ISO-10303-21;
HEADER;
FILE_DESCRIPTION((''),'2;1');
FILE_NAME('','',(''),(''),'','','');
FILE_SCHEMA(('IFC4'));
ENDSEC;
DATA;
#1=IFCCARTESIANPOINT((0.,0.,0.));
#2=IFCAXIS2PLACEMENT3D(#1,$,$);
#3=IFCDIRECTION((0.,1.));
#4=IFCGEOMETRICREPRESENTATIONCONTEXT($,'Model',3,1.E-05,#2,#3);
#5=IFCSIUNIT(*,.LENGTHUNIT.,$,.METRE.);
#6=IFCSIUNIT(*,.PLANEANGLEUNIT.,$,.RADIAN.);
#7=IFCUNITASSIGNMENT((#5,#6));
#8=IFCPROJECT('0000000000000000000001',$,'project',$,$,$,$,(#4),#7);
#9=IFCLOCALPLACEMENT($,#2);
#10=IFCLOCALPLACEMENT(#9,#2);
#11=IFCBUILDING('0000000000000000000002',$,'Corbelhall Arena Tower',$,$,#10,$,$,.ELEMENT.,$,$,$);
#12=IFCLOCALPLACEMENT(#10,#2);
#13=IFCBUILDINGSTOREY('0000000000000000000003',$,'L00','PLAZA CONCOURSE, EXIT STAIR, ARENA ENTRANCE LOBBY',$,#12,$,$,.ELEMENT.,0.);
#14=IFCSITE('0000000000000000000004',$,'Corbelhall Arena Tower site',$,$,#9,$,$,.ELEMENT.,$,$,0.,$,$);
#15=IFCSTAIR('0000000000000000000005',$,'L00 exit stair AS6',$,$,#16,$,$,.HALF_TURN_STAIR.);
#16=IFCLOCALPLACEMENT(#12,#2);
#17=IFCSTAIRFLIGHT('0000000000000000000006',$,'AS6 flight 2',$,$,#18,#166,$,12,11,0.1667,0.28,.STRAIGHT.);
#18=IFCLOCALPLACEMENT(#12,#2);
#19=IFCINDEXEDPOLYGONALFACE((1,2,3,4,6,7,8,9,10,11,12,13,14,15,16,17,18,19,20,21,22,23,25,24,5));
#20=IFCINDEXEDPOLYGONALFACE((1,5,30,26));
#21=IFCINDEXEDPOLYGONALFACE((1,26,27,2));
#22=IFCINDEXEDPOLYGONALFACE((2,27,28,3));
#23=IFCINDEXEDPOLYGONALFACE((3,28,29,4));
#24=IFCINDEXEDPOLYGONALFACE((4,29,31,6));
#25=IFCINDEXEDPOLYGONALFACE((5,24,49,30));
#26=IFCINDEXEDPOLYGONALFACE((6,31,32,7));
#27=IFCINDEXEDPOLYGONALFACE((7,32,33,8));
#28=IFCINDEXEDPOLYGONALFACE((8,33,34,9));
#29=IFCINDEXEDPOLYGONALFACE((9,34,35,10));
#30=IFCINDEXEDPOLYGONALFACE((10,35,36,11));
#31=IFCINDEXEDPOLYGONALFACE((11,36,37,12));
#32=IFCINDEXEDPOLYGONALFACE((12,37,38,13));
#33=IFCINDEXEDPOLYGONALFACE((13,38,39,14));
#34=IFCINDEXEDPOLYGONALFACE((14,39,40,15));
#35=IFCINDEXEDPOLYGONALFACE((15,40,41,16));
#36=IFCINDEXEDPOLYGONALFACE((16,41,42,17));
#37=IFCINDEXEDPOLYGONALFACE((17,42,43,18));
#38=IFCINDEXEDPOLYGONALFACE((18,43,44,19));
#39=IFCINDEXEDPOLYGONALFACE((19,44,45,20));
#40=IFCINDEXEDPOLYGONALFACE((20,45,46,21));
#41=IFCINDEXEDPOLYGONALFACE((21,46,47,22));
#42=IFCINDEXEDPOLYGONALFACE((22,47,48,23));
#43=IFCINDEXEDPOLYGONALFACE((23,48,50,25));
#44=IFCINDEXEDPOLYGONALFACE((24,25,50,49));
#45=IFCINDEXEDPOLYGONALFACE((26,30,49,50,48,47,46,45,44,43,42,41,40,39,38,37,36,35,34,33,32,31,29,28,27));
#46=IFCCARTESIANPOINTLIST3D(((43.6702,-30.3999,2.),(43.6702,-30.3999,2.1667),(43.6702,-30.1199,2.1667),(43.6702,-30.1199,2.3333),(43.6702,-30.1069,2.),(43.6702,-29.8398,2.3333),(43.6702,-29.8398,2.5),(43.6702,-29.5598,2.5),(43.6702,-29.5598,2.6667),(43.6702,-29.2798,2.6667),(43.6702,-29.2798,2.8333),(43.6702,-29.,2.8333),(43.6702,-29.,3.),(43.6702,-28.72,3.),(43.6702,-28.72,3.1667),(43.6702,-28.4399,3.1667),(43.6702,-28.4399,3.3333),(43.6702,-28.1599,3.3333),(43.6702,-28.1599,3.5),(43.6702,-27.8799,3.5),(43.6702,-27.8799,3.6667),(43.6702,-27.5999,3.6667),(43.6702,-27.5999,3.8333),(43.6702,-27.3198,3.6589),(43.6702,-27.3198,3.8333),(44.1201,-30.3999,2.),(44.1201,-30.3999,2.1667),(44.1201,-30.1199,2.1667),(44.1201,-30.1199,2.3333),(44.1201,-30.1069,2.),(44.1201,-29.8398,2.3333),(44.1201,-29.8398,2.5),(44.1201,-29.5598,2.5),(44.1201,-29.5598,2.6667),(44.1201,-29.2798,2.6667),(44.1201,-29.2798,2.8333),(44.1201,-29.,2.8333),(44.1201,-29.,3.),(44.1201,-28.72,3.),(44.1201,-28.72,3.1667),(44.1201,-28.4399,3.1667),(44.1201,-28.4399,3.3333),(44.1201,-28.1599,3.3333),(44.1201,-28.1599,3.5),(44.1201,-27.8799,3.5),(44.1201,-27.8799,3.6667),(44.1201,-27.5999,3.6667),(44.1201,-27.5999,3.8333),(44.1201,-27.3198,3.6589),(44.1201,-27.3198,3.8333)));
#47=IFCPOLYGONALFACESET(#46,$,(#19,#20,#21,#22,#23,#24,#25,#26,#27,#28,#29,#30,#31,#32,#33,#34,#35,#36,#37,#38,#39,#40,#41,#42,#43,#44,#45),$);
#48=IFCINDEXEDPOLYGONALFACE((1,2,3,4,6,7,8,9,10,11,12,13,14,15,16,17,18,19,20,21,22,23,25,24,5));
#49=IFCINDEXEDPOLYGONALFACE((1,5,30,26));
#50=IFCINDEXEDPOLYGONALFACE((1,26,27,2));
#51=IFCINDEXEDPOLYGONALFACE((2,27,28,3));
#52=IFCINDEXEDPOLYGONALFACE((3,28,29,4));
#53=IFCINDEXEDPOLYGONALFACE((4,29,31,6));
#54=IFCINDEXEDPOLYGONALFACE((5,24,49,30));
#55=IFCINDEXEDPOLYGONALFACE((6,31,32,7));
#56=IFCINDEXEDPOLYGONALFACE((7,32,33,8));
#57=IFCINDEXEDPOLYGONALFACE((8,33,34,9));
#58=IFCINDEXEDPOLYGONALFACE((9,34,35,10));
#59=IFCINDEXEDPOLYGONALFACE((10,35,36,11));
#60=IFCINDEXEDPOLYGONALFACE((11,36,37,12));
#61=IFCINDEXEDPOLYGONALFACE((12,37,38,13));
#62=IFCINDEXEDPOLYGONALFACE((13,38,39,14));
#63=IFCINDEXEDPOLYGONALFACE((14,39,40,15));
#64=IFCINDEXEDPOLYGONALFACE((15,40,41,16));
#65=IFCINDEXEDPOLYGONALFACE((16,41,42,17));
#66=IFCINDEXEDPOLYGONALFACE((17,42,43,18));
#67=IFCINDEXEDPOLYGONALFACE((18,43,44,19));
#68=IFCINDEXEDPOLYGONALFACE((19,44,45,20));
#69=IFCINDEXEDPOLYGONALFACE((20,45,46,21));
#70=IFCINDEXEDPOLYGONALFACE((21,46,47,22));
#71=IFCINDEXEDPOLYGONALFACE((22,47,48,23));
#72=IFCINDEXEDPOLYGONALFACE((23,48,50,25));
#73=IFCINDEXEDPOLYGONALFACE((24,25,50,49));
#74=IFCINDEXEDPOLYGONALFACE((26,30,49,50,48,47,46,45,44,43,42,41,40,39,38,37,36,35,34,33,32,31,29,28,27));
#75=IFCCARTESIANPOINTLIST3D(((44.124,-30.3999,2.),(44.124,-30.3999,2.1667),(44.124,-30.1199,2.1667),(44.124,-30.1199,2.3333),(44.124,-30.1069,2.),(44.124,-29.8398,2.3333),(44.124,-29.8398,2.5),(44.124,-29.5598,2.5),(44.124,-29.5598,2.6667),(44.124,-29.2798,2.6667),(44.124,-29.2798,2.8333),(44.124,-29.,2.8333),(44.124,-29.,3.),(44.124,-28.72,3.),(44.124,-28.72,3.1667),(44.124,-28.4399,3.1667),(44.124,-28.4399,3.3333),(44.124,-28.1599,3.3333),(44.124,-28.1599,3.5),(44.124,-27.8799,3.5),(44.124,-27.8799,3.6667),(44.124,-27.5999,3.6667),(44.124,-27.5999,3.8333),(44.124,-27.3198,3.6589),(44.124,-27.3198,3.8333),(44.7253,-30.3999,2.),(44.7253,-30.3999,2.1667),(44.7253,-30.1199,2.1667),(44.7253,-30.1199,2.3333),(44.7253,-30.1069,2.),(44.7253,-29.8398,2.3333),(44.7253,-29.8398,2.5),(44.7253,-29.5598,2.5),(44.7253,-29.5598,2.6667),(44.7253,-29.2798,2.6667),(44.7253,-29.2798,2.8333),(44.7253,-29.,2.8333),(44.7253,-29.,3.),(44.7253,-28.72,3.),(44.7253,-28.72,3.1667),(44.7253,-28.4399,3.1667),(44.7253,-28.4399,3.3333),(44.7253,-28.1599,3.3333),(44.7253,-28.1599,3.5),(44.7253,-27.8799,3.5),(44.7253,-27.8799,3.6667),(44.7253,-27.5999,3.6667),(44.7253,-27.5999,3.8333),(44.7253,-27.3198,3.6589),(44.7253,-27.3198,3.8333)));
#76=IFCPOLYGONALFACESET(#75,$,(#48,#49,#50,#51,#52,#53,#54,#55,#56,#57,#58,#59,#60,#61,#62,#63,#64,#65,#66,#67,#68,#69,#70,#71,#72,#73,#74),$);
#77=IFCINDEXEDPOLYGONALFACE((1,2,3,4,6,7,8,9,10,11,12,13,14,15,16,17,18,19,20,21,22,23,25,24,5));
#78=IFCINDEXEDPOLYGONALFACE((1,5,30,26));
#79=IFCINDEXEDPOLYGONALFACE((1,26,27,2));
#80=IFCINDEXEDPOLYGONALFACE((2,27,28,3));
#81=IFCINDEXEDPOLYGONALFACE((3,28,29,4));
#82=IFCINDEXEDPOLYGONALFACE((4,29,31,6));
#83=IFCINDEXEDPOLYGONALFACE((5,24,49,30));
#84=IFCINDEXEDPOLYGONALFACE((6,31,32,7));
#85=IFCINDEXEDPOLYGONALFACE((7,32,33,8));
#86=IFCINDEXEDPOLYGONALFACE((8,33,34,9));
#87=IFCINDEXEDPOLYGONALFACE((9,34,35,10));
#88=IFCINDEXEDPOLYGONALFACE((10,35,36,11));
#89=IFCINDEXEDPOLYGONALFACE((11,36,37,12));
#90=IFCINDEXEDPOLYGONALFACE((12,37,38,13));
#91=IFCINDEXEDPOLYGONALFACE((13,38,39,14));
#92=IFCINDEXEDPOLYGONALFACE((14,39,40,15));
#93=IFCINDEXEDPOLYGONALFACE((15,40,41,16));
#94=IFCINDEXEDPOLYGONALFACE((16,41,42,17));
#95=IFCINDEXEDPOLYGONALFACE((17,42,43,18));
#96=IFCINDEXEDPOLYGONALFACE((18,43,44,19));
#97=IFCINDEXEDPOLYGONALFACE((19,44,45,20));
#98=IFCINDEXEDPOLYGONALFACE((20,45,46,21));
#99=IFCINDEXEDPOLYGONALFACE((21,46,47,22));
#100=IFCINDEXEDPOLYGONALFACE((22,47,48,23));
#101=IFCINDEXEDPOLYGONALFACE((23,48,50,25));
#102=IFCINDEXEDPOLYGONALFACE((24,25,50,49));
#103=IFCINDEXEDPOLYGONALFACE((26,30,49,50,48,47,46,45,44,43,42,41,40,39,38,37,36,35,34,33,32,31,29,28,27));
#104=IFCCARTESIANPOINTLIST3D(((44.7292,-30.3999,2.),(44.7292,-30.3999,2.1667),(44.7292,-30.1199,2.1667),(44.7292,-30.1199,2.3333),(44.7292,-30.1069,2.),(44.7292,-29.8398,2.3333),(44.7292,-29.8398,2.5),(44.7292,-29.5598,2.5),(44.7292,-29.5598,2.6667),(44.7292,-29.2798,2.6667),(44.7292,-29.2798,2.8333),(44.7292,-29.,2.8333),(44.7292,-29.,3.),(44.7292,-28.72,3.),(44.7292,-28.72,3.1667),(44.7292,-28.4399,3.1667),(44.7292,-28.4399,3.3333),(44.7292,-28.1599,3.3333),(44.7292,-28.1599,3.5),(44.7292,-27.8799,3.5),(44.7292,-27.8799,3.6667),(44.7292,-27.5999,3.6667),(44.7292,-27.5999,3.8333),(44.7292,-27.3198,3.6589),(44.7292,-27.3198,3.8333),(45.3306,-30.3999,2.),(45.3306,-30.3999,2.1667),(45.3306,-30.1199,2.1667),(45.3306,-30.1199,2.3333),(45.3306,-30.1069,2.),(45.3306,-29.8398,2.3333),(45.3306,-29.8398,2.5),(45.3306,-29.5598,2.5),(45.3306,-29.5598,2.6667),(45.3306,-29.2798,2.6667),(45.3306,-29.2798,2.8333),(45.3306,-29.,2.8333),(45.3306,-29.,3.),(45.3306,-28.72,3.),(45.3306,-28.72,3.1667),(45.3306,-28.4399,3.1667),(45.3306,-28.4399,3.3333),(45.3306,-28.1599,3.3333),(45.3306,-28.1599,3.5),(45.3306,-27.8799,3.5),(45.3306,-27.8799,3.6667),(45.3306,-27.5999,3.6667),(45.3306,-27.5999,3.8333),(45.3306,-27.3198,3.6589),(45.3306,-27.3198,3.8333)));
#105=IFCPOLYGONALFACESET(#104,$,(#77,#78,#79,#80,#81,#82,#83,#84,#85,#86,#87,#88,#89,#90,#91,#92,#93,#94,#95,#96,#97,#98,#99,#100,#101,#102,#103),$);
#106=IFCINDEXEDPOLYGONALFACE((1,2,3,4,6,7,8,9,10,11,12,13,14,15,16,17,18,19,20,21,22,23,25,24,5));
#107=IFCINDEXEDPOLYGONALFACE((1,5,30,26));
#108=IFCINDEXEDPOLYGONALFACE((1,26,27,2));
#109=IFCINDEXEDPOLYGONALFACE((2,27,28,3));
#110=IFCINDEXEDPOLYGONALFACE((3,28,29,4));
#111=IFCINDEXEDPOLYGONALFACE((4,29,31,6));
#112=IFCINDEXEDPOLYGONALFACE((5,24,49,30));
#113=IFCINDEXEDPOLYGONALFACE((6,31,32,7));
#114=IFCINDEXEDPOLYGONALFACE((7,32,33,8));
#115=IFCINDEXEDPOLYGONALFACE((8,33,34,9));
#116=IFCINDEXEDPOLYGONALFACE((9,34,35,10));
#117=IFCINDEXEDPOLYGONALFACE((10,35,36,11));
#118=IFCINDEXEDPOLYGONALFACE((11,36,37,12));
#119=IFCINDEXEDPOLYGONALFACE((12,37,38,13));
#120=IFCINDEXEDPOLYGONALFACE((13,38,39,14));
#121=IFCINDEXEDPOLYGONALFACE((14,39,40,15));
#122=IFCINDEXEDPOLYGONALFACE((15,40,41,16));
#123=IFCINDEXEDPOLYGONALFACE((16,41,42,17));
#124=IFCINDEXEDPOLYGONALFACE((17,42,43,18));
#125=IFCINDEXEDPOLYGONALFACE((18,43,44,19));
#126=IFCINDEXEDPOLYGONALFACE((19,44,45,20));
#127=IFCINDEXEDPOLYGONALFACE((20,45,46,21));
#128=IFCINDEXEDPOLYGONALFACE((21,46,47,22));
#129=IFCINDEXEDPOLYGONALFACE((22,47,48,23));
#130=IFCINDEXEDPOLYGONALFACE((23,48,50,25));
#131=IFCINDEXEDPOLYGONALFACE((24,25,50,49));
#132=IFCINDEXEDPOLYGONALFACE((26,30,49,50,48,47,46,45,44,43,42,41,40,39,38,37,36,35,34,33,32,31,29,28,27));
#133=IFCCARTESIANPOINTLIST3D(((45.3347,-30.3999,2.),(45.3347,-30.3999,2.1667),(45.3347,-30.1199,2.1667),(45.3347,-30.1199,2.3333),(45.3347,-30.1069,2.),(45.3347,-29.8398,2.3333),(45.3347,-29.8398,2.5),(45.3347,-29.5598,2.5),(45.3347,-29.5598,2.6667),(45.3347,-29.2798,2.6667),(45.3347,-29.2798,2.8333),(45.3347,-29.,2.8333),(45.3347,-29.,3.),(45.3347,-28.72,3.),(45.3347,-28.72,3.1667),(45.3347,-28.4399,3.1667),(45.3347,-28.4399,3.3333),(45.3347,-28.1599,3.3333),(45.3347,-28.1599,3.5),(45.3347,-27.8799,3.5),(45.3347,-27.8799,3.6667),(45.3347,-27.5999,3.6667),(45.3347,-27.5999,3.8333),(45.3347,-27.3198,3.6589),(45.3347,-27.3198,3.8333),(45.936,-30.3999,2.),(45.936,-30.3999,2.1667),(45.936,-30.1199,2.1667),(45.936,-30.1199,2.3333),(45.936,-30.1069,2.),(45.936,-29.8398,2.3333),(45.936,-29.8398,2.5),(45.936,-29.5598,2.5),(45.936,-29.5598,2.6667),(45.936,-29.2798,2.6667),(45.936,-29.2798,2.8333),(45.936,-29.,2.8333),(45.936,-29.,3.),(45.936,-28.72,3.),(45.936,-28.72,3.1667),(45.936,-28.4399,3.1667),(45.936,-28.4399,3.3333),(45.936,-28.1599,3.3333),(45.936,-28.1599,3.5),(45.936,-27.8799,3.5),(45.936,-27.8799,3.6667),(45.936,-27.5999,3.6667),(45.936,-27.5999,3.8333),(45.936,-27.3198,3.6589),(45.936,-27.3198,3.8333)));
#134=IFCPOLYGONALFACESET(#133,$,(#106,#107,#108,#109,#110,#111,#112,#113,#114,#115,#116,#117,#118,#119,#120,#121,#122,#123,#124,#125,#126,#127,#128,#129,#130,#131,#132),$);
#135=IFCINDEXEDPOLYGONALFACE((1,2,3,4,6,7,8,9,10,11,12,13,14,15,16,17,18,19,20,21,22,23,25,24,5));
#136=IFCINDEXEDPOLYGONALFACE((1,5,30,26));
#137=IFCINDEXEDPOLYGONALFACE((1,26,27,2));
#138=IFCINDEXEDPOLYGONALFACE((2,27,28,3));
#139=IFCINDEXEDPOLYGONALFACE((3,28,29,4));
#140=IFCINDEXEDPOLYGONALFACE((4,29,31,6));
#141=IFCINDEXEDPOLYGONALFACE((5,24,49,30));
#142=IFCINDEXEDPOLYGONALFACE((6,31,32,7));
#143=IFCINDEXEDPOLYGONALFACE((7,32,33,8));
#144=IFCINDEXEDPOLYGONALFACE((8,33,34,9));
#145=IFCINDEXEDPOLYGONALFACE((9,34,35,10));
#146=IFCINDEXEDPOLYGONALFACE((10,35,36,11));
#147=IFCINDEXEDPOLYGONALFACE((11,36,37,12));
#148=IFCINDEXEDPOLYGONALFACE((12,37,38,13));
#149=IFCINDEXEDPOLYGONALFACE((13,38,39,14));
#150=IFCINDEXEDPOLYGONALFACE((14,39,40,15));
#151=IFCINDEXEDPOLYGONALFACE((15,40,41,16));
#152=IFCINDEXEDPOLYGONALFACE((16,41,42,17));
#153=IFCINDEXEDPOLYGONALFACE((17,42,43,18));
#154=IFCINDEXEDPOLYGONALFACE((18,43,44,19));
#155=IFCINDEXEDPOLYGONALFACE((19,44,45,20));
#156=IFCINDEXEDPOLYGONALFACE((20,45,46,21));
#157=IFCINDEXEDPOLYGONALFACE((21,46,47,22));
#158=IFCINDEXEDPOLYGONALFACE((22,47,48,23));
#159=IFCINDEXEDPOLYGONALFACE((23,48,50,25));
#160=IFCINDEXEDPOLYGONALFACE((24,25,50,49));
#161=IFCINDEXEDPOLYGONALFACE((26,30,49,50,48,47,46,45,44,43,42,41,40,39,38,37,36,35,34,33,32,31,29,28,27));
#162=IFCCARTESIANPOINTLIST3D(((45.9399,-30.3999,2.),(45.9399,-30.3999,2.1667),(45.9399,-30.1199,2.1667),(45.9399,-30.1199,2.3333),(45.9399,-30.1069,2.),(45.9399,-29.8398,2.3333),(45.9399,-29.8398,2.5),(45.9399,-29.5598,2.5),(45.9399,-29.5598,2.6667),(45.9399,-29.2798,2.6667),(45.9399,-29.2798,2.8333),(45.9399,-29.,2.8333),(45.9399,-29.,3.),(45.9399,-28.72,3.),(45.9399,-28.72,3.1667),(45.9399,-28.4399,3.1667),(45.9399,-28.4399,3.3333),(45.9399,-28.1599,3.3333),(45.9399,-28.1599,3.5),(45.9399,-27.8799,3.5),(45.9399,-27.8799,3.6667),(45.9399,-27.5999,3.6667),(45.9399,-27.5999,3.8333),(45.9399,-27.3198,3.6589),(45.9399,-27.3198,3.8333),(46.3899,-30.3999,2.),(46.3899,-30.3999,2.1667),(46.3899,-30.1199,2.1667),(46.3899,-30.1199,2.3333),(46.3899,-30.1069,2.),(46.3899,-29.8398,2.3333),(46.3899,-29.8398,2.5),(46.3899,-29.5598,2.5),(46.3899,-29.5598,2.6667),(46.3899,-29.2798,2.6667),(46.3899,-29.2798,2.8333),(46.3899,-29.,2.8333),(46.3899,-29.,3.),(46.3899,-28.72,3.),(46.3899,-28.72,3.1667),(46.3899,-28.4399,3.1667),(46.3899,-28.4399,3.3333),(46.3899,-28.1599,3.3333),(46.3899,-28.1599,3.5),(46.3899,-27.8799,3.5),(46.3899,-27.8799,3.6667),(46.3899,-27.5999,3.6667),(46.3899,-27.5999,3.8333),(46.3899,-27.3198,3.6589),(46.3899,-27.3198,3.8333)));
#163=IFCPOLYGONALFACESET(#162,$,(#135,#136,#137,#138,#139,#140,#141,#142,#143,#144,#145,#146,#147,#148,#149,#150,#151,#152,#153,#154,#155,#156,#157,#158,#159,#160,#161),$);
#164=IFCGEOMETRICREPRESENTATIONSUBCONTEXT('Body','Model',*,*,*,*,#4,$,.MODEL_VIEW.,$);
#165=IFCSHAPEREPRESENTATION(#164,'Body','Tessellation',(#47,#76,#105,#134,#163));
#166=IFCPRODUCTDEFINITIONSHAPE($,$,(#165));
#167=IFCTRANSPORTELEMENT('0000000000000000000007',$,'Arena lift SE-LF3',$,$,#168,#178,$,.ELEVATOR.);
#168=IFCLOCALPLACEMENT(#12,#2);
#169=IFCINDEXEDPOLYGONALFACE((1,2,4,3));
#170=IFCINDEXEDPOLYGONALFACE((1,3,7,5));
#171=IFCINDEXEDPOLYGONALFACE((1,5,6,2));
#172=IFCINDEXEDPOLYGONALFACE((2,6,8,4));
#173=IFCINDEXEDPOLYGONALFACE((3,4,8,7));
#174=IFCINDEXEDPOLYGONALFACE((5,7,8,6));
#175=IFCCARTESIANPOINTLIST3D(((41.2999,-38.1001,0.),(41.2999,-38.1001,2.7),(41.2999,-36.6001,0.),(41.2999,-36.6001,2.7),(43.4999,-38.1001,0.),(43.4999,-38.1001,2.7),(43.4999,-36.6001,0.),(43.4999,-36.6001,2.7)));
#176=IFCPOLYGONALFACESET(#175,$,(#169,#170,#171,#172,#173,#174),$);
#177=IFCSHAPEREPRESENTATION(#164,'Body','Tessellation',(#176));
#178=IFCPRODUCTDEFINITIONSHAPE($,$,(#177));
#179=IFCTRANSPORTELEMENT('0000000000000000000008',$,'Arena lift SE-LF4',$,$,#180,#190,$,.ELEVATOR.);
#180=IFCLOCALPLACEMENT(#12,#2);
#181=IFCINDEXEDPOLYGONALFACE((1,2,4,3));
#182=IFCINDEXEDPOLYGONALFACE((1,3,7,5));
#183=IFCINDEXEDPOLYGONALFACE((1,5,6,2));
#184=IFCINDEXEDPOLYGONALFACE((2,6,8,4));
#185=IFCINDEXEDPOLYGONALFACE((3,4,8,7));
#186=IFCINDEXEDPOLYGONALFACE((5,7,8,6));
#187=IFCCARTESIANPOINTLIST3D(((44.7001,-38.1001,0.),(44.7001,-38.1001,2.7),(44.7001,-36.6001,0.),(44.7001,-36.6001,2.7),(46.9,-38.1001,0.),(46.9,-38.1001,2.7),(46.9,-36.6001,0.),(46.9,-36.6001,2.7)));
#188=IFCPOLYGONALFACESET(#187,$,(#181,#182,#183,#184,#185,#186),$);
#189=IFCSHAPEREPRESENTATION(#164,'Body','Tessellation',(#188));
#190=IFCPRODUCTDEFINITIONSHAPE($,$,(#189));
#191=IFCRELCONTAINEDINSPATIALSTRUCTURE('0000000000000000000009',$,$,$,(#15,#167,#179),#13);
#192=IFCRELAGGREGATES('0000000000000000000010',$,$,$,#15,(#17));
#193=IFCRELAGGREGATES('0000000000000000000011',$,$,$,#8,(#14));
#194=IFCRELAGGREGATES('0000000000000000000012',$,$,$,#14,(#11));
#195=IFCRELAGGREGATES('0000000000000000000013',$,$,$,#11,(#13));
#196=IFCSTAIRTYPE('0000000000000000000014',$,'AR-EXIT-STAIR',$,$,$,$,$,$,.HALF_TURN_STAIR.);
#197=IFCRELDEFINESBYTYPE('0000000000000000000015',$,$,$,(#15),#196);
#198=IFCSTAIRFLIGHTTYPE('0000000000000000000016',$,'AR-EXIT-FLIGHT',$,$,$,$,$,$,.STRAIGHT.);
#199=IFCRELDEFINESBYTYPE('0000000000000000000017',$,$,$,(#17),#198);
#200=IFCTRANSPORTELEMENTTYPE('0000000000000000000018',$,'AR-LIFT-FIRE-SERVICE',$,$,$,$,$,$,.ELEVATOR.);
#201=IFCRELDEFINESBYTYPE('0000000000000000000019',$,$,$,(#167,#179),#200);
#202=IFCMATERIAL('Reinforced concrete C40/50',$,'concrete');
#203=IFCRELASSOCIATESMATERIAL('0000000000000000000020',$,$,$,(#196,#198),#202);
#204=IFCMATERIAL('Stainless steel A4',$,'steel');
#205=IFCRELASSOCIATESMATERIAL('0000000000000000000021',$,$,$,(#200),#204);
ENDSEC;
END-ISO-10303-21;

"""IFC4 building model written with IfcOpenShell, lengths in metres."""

from ifc_helpers import new_model, si_unit, direction, frame, origin, origin_2d, place, context, subcontext, project, spatial, polyline, rectangle, outline, extrude, material, type_object, element, aggregate, save


model = new_model("IFC4")

# Units and contexts
model_context = context("Model", 3, precision=1e-05, world=origin(), true_north=direction((0.0, 1.0)))
body_context = subcontext(model_context, "Body", "Model", "MODEL_VIEW")
ifc_project = project(units=[si_unit("LENGTHUNIT", "METRE"), si_unit("PLANEANGLEUNIT", "RADIAN")], contexts=[model_context])

# Site, building, storey
site_placement = place(None, origin())
site = spatial("IfcSite", under=ifc_project, at=site_placement, Name="Corbelhall Arena Tower site", CompositionType="ELEMENT", RefElevation=0.0)
building_placement = place(site_placement, origin())
building = spatial("IfcBuilding", under=site, at=building_placement, Name="Corbelhall Arena Tower", CompositionType="ELEMENT")
storey_placement = place(building_placement, origin())
storey = spatial("IfcBuildingStorey", under=building, at=storey_placement, Name="L00", Description="PLAZA CONCOURSE, EXIT STAIR, ARENA ENTRANCE LOBBY", CompositionType="ELEMENT", Elevation=0.0)

# Shared definitions
ifc_material_1 = material(Name="Reinforced concrete C40/50", Category="concrete")
ifc_material_2 = material(Name="Stainless steel A4", Category="steel")

# Shared definitions
stair_type = type_object("IfcStairType", Name="AR-EXIT-STAIR", PredefinedType="HALF_TURN_STAIR", material=ifc_material_1)
stair_flight_type = type_object("IfcStairFlightType", Name="AR-EXIT-FLIGHT", PredefinedType="STRAIGHT", material=ifc_material_1)

# Stair, stair flight
stair_1_placement = place(storey_placement, origin())
stair_1 = element("IfcStair", 1, at=stair_1_placement, inside=storey, type_object=stair_type, Name="L00 exit stair AS6", PredefinedType="HALF_TURN_STAIR")
stair_flight_1_placement = place(storey_placement, frame((45.03, -30.3999, 2.0), z_axis=(0.0, 0.0, 1.0), x_axis=(0.0, 1.0, 0.0)))
stair_flight_1 = element("IfcStairFlight", 2, at=stair_flight_1_placement, type_object=stair_flight_type, Name="AS6 flight 2", NumberOfRisers=12, NumberOfTreads=11, PredefinedType="STRAIGHT", RiserHeight=0.1667, TreadLength=0.28, context=body_context, shape_type="SweptSolid", body=[
    extrude(outline(polyline([(0.0, 0.0), (0.0, 0.1667), (0.28, 0.1667), (0.28, 0.3333), (0.5601, 0.3333), (0.5601, 0.5), (0.8401, 0.5), (0.8401, 0.6667), (1.1201, 0.6667), (1.1201, 0.8333), (1.3999, 0.8333), (1.3999, 1.0), (1.6799, 1.0), (1.6799, 1.1667), (1.96, 1.1667), (1.96, 1.3333), (2.24, 1.3333), (2.24, 1.5), (2.52, 1.5), (2.52, 1.6667), (2.8, 1.6667), (2.8, 1.8333), (3.0801, 1.8333), (3.0801, 2.0), (3.0801, 1.6589), (0.293, 0.0), (0.0, 0.0)])), frame((0.0, 1.3599, 0.0), z_axis=(0.0, -1.0, 0.0), x_axis=(1.0, 0.0, 0.0)), (0.0, 0.0, 1.0), 0.45),
    extrude(outline(polyline([(0.0, 0.0), (0.0, 0.1667), (0.28, 0.1667), (0.28, 0.3333), (0.5601, 0.3333), (0.5601, 0.5), (0.8401, 0.5), (0.8401, 0.6667), (1.1201, 0.6667), (1.1201, 0.8333), (1.3999, 0.8333), (1.3999, 1.0), (1.6799, 1.0), (1.6799, 1.1667), (1.96, 1.1667), (1.96, 1.3333), (2.24, 1.3333), (2.24, 1.5), (2.52, 1.5), (2.52, 1.6667), (2.8, 1.6667), (2.8, 1.8333), (3.0801, 1.8333), (3.0801, 2.0), (3.0801, 1.6589), (0.293, 0.0), (0.0, 0.0)])), frame((0.0, 0.906, 0.0), z_axis=(0.0, -1.0, 0.0), x_axis=(1.0, 0.0, 0.0)), (0.0, 0.0, 1.0), 0.6013),
    extrude(outline(polyline([(0.0, 0.0), (0.0, 0.1667), (0.28, 0.1667), (0.28, 0.3333), (0.5601, 0.3333), (0.5601, 0.5), (0.8401, 0.5), (0.8401, 0.6667), (1.1201, 0.6667), (1.1201, 0.8333), (1.3999, 0.8333), (1.3999, 1.0), (1.6799, 1.0), (1.6799, 1.1667), (1.96, 1.1667), (1.96, 1.3333), (2.24, 1.3333), (2.24, 1.5), (2.52, 1.5), (2.52, 1.6667), (2.8, 1.6667), (2.8, 1.8333), (3.0801, 1.8333), (3.0801, 2.0), (3.0801, 1.6589), (0.293, 0.0), (0.0, 0.0)])), frame((0.0, 0.3008, 0.0), z_axis=(0.0, -1.0, 0.0), x_axis=(1.0, 0.0, 0.0)), (0.0, 0.0, 1.0), 0.6013),
    extrude(outline(polyline([(0.0, 0.0), (0.0, 0.1667), (0.28, 0.1667), (0.28, 0.3333), (0.5601, 0.3333), (0.5601, 0.5), (0.8401, 0.5), (0.8401, 0.6667), (1.1201, 0.6667), (1.1201, 0.8333), (1.3999, 0.8333), (1.3999, 1.0), (1.6799, 1.0), (1.6799, 1.1667), (1.96, 1.1667), (1.96, 1.3333), (2.24, 1.3333), (2.24, 1.5), (2.52, 1.5), (2.52, 1.6667), (2.8, 1.6667), (2.8, 1.8333), (3.0801, 1.8333), (3.0801, 2.0), (3.0801, 1.6589), (0.293, 0.0), (0.0, 0.0)])), frame((0.0, -0.3047, 0.0), z_axis=(0.0, -1.0, 0.0), x_axis=(1.0, 0.0, 0.0)), (0.0, 0.0, 1.0), 0.6013),
    extrude(outline(polyline([(0.0, 0.0), (0.0, 0.1667), (0.28, 0.1667), (0.28, 0.3333), (0.5601, 0.3333), (0.5601, 0.5), (0.8401, 0.5), (0.8401, 0.6667), (1.1201, 0.6667), (1.1201, 0.8333), (1.3999, 0.8333), (1.3999, 1.0), (1.6799, 1.0), (1.6799, 1.1667), (1.96, 1.1667), (1.96, 1.3333), (2.24, 1.3333), (2.24, 1.5), (2.52, 1.5), (2.52, 1.6667), (2.8, 1.6667), (2.8, 1.8333), (3.0801, 1.8333), (3.0801, 2.0), (3.0801, 1.6589), (0.293, 0.0), (0.0, 0.0)])), frame((0.0, -0.9099, 0.0), z_axis=(0.0, -1.0, 0.0), x_axis=(1.0, 0.0, 0.0)), (0.0, 0.0, 1.0), 0.45),
])
aggregate(stair_1, [stair_flight_1])

# Transport elements
transport_element_type_1 = type_object("IfcTransportElementType", Name="AR-LIFT-FIRE-SERVICE", PredefinedType="ELEVATOR", material=ifc_material_2)
for number, where, z_axis, x_axis, name in (
    (3, (42.3999, -37.3501, 0.0), (0.0, 0.0, 1.0), (1.0, 0.0, 0.0), "Arena lift SE-LF3"),
    (4, (45.8, -37.3501, 0.0), (0.0, 0.0, 1.0), (1.0, 0.0, 0.0), "Arena lift SE-LF4"),
):
    element("IfcTransportElement", number, at=place(storey_placement, frame(where, z_axis=z_axis, x_axis=x_axis)), inside=storey, type_object=transport_element_type_1, Name=name, PredefinedType="ELEVATOR", context=body_context, shape_type="SweptSolid", body=[
        extrude(rectangle(XDim=2.2, YDim=1.5, at=origin_2d()), origin(), (0.0, 0.0, 1.0), 2.7),
    ])

save(model, "model.ifc")
